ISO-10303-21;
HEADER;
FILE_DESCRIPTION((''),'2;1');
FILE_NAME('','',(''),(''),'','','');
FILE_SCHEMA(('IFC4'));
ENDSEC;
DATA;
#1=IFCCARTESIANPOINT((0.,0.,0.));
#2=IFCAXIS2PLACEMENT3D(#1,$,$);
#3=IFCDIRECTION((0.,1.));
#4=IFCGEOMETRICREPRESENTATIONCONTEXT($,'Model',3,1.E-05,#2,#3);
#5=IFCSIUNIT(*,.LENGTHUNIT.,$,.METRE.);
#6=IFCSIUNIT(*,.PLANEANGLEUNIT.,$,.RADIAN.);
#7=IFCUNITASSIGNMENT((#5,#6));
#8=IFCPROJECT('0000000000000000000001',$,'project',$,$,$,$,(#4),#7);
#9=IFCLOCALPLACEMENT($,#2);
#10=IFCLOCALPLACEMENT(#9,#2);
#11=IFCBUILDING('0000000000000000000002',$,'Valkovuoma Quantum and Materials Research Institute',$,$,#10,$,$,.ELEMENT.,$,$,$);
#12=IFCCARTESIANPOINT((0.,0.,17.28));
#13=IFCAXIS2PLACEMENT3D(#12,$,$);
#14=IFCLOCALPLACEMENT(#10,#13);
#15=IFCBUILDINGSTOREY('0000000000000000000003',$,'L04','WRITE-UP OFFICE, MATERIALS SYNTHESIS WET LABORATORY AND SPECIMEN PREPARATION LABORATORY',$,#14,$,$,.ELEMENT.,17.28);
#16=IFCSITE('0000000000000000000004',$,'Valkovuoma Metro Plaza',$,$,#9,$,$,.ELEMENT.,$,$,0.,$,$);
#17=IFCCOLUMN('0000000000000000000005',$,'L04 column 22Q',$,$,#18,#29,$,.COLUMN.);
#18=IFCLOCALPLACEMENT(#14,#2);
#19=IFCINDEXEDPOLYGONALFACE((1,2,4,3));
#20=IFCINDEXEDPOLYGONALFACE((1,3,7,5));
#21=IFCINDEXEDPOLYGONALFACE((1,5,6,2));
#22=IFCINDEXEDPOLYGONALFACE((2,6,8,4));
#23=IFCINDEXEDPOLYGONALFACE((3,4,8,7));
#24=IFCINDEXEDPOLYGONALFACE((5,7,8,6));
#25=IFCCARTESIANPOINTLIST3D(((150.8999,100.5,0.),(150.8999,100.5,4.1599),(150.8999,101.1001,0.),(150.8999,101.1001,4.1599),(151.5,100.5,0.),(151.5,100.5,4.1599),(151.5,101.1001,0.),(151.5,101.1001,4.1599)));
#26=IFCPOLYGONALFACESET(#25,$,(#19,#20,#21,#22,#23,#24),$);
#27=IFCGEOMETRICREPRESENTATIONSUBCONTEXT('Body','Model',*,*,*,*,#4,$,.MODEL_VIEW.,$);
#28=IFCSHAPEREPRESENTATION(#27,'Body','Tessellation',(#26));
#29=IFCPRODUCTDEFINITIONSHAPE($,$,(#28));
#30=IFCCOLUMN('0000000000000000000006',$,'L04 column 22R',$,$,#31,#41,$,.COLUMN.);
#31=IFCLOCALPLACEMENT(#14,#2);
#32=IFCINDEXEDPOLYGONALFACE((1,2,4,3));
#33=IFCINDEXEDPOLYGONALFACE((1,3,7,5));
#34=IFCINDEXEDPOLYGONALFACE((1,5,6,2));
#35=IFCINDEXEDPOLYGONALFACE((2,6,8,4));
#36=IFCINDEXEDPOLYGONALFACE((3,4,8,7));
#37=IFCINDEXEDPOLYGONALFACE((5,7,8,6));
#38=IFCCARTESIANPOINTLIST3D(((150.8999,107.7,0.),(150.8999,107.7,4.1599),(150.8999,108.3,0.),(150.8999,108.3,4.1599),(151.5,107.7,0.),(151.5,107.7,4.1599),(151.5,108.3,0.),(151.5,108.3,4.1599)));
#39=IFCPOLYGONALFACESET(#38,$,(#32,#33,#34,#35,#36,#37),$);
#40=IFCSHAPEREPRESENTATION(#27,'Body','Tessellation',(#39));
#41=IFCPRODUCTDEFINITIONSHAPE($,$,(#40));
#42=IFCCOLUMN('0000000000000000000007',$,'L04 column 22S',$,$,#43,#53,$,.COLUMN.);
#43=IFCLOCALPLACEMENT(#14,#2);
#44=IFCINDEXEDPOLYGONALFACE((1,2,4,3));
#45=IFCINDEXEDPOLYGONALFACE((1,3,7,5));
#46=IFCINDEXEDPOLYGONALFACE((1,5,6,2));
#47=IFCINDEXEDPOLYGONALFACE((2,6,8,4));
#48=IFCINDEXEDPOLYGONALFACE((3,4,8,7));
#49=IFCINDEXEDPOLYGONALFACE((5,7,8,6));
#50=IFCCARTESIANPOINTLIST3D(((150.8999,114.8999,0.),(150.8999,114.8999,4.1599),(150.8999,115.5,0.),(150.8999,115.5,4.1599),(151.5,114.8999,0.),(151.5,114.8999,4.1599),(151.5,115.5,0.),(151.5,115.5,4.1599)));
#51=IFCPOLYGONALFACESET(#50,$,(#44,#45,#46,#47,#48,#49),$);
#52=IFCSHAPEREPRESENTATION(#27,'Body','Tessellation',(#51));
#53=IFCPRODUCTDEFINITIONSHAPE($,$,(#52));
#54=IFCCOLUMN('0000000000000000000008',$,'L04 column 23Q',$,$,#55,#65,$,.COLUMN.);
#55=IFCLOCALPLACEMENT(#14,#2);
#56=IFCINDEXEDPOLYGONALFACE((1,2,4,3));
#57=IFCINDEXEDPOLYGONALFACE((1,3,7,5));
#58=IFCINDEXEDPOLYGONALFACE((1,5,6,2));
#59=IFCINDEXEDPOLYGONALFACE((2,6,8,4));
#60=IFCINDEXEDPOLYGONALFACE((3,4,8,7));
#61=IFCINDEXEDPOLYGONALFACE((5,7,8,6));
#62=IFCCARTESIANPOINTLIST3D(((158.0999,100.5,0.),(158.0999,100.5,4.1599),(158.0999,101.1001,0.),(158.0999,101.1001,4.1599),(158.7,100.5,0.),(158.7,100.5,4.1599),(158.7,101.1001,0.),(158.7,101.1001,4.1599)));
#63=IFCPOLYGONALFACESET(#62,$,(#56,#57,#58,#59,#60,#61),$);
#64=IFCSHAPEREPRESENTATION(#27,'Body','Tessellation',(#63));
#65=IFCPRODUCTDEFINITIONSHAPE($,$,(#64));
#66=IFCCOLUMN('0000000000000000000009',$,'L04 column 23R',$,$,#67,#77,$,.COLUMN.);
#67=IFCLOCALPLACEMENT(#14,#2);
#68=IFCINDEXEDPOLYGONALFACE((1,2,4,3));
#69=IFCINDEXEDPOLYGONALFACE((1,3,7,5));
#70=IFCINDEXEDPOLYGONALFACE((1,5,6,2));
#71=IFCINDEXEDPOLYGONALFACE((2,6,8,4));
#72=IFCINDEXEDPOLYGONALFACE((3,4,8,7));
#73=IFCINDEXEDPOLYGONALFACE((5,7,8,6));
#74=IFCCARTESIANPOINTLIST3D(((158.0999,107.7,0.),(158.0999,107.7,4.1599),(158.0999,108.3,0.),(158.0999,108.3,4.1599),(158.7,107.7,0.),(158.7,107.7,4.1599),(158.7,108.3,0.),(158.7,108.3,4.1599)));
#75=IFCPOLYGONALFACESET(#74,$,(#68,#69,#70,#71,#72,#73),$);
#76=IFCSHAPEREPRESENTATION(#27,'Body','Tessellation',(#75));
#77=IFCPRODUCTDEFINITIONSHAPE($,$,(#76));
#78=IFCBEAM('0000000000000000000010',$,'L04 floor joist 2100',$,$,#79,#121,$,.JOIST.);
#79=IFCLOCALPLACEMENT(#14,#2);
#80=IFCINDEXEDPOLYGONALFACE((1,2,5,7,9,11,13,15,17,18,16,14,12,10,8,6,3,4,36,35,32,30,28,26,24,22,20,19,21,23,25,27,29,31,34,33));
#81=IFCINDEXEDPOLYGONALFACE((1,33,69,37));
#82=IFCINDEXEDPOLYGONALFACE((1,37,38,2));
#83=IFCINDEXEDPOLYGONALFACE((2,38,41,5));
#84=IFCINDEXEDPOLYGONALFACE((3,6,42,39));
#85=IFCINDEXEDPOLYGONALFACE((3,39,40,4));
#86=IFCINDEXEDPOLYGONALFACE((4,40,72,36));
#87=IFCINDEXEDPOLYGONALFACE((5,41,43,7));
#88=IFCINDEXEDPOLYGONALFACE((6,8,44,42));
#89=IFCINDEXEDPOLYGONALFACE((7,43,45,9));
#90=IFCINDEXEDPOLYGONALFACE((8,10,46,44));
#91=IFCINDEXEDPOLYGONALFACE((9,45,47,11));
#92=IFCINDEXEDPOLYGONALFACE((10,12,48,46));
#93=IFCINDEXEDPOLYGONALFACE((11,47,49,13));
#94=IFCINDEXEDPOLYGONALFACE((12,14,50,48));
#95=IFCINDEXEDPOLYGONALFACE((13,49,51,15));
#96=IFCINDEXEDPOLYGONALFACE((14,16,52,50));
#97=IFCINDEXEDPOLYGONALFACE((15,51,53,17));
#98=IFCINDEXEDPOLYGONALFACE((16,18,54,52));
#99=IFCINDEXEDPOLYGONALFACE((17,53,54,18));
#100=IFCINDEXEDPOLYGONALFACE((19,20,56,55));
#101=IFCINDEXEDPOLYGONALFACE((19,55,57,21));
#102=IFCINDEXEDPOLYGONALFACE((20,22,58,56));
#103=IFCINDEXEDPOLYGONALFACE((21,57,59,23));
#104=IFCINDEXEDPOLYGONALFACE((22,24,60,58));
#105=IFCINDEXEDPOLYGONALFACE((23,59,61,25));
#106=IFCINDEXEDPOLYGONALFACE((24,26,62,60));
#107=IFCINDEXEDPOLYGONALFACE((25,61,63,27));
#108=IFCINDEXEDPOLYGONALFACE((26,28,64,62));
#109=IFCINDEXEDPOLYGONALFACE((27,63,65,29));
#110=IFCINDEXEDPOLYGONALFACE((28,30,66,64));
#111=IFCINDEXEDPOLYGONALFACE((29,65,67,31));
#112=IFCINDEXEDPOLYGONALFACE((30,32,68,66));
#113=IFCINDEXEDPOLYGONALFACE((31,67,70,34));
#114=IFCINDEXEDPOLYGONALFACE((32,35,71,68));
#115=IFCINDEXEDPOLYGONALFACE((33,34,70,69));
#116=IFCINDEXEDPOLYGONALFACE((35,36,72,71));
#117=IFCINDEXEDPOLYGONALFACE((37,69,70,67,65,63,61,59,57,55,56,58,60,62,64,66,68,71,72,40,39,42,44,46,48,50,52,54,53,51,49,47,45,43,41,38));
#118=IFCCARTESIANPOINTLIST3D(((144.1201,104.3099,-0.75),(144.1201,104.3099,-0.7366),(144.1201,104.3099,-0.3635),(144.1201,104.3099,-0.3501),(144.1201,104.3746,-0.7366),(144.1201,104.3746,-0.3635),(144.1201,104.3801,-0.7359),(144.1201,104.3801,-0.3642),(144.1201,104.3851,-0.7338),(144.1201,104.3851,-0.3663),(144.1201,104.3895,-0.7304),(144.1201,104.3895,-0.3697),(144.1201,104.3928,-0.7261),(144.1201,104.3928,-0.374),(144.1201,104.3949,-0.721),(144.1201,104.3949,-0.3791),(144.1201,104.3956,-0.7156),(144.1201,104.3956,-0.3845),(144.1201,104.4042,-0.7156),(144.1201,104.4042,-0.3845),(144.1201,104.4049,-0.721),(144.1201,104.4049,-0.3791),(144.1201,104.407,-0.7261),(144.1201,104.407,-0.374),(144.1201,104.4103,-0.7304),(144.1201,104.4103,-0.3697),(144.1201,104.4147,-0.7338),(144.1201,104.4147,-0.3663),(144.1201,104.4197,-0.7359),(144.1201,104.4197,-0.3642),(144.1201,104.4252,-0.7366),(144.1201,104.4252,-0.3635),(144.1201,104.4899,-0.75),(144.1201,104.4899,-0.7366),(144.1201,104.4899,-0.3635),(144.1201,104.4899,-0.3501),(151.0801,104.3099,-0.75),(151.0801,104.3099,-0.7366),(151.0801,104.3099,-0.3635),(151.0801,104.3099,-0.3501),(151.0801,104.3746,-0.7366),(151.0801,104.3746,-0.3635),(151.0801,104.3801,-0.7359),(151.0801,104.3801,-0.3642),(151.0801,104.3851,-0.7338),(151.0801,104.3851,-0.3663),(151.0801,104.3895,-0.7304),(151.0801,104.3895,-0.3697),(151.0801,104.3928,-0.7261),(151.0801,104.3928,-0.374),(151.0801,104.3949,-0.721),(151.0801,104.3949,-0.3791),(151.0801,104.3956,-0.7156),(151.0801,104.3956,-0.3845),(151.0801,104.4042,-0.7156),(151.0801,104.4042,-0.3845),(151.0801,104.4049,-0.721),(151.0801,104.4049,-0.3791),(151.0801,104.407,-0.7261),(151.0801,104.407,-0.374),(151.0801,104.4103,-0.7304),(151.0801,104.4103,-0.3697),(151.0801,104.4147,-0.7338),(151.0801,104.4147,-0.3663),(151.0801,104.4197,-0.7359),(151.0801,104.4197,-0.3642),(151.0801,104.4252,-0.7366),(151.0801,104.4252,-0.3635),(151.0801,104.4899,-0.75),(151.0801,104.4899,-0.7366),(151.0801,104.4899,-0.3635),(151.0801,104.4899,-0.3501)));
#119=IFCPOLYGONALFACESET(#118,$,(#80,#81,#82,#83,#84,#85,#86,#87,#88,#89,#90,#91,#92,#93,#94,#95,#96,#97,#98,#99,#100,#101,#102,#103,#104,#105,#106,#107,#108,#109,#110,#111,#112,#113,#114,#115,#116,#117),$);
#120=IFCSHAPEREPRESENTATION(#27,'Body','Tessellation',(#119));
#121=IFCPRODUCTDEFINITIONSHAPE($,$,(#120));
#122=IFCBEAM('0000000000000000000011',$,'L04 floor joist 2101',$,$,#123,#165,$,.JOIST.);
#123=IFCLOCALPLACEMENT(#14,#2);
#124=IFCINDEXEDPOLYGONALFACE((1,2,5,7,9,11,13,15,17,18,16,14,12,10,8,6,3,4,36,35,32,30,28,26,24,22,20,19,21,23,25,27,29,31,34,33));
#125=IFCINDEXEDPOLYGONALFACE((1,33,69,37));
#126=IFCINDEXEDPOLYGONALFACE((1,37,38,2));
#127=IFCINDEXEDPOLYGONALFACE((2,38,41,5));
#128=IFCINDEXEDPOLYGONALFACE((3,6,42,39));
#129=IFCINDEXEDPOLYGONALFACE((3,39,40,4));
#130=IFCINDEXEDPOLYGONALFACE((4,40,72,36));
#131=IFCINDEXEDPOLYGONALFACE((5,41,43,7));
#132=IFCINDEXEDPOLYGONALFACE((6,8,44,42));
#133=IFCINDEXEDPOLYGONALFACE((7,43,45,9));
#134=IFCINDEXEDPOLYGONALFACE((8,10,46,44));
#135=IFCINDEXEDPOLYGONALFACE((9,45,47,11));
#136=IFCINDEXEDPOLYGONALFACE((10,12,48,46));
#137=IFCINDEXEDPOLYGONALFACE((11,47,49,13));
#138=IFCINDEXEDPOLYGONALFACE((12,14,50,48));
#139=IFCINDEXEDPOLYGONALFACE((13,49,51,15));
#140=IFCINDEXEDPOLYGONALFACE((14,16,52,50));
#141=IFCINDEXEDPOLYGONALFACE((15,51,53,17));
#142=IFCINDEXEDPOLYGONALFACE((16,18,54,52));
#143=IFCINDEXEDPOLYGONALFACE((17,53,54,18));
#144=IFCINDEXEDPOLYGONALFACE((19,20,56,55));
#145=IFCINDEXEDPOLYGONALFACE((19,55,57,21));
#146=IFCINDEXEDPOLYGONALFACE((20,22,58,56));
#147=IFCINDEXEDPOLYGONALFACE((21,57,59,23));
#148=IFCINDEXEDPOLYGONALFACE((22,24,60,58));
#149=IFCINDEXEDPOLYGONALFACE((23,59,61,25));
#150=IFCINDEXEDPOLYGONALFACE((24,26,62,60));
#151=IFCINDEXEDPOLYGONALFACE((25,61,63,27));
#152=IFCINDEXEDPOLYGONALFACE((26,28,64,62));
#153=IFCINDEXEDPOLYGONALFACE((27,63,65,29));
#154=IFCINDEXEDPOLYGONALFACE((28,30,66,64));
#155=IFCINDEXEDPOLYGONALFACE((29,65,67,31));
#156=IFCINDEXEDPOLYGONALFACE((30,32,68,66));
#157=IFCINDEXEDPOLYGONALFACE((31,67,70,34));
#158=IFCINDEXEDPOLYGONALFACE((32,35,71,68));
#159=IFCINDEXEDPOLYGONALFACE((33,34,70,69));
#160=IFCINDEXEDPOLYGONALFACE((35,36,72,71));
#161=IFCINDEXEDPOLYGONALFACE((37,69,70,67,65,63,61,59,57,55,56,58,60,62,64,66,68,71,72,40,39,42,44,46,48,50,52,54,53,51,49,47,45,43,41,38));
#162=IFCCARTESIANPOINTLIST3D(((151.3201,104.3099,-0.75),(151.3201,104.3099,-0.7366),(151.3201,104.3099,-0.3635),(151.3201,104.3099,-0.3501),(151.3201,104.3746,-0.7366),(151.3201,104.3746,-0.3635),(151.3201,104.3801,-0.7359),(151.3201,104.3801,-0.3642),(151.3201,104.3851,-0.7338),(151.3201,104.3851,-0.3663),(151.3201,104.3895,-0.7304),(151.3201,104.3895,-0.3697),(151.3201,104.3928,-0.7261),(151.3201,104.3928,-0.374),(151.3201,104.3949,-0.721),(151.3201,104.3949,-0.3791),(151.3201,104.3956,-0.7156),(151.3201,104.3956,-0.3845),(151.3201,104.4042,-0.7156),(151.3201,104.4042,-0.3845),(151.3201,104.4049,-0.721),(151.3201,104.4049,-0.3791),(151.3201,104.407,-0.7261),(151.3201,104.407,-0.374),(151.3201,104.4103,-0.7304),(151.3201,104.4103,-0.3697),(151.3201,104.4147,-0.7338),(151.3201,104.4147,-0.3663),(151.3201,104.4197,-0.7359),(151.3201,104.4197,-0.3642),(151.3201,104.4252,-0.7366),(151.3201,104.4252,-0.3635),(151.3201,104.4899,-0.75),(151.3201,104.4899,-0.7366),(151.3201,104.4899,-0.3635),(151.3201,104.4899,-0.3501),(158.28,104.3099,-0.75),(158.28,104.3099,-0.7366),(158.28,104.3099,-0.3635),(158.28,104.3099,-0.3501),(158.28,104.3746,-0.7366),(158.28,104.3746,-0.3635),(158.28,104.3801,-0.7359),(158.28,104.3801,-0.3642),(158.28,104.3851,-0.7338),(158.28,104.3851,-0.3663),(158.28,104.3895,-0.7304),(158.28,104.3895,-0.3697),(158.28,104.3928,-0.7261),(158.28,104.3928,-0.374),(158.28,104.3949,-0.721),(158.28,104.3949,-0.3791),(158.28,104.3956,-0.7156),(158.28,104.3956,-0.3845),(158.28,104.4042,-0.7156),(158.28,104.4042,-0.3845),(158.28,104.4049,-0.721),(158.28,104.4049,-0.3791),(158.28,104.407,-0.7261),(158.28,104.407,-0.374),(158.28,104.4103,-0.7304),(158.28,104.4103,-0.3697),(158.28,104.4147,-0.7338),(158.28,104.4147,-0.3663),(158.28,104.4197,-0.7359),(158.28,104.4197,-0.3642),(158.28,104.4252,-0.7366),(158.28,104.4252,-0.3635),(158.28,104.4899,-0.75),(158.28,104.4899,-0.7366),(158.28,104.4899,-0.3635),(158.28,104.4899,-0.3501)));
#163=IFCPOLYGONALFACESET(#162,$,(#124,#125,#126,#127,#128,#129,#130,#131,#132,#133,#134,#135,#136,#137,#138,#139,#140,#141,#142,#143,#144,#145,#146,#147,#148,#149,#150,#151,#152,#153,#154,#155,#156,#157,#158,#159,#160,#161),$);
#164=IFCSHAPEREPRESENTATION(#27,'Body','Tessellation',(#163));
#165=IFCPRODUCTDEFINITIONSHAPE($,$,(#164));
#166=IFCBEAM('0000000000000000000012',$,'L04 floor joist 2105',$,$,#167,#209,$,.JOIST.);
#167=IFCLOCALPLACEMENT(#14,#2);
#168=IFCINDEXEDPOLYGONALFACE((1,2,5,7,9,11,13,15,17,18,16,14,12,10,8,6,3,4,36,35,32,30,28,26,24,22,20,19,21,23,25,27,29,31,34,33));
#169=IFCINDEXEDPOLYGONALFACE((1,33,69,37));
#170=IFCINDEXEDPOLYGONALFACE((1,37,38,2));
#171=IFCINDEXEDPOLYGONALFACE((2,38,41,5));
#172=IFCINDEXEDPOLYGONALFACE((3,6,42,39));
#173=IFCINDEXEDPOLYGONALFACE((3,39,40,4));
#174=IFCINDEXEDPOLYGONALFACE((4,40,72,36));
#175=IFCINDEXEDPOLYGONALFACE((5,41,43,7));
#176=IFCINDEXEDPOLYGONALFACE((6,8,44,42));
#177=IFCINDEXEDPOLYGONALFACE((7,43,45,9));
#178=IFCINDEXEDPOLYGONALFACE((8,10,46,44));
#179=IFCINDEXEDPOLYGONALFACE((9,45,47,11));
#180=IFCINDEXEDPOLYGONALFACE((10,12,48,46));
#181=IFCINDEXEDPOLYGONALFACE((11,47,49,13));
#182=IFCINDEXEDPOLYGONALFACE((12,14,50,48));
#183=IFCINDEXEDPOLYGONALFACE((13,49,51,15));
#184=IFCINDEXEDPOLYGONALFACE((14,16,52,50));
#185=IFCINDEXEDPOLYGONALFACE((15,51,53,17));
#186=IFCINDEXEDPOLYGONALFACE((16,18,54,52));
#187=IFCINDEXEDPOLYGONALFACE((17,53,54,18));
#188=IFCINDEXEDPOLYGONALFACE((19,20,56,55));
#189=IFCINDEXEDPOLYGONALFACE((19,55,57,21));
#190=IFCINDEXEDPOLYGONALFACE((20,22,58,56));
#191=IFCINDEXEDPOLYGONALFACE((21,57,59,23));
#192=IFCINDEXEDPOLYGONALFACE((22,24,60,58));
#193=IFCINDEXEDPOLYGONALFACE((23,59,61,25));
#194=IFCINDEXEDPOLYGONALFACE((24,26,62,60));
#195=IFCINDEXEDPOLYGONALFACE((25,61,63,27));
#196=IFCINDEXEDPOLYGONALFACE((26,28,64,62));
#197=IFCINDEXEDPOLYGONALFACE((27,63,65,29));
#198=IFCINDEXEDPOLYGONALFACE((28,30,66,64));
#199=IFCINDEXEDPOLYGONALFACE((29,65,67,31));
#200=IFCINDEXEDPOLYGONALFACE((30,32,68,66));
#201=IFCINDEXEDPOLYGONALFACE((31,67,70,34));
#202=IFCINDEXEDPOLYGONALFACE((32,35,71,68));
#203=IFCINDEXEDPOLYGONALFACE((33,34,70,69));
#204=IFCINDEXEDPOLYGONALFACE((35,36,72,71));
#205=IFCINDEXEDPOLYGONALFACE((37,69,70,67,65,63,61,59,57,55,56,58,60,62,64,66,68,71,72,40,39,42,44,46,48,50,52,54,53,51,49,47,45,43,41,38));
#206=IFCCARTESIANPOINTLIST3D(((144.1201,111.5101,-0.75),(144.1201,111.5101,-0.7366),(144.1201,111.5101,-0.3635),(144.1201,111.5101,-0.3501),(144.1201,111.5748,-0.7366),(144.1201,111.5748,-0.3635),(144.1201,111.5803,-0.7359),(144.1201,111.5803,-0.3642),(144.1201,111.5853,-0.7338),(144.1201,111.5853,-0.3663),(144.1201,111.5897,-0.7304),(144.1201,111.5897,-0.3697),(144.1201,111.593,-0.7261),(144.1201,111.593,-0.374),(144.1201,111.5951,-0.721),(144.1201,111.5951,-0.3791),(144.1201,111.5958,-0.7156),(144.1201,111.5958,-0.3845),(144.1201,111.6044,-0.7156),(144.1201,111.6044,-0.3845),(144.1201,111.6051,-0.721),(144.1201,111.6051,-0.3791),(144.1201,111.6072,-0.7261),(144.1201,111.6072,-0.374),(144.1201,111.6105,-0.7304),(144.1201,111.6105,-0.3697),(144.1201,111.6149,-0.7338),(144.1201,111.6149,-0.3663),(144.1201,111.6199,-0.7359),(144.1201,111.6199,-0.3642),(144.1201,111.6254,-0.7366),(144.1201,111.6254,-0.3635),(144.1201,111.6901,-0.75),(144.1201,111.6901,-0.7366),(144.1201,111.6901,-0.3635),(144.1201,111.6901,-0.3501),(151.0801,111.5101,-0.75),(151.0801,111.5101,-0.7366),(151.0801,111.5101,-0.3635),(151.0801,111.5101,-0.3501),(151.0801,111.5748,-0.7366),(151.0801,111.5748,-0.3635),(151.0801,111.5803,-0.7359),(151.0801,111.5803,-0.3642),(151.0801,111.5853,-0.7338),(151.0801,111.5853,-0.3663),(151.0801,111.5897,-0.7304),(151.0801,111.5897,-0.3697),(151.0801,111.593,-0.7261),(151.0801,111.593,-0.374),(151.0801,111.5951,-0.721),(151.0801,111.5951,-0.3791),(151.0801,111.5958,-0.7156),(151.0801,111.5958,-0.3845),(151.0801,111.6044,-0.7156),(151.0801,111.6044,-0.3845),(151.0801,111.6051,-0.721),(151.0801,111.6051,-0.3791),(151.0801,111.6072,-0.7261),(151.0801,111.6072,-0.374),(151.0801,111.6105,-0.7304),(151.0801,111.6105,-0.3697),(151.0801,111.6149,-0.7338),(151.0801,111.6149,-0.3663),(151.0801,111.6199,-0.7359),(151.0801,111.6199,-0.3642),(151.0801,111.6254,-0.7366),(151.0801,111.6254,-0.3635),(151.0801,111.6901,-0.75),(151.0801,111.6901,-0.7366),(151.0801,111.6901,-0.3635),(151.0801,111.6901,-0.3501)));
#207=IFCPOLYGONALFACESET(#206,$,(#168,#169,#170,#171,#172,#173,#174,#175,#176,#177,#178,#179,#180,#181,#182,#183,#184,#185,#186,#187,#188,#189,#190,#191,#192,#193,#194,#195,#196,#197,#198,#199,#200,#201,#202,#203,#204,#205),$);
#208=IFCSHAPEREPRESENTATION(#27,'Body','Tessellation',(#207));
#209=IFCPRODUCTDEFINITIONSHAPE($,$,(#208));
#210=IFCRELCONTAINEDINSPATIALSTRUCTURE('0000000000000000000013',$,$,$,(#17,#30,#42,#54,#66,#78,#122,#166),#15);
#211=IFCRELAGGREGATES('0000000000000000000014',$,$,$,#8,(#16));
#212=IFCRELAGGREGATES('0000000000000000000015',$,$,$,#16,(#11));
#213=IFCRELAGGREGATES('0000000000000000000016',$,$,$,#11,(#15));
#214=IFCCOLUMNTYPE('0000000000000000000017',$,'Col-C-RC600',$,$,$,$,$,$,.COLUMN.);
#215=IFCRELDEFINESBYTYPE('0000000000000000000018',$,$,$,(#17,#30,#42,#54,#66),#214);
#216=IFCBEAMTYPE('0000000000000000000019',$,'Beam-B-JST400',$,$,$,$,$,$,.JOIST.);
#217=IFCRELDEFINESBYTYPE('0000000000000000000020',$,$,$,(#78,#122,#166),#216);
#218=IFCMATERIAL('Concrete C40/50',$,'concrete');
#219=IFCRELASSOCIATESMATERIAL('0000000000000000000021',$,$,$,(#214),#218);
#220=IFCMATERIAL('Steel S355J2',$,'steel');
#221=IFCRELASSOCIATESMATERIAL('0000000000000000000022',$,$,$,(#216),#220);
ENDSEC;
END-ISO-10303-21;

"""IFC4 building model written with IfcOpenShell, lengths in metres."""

from ifc_helpers import new_model, si_unit, direction, frame, origin, origin_2d, place, context, subcontext, project, spatial, rectangle, i_section, extrude, material, material_profile, profile_set, type_object, element, save


model = new_model("IFC4")

# Units and contexts
model_context = context("Model", 3, precision=1e-05, world=origin(), true_north=direction((0.0, 1.0)))
body_context = subcontext(model_context, "Body", "Model", "MODEL_VIEW")
ifc_project = project(units=[si_unit("LENGTHUNIT", "METRE"), si_unit("PLANEANGLEUNIT", "RADIAN")], contexts=[model_context])

# Site, building, storey
site_placement = place(None, origin())
site = spatial("IfcSite", under=ifc_project, at=site_placement, Name="Valkovuoma Metro Plaza", CompositionType="ELEMENT", RefElevation=0.0)
building_placement = place(site_placement, origin())
building = spatial("IfcBuilding", under=site, at=building_placement, Name="Valkovuoma Quantum and Materials Research Institute", CompositionType="ELEMENT")
storey_placement = place(building_placement, frame((0.0, 0.0, 17.28)))
storey = spatial("IfcBuildingStorey", under=building, at=storey_placement, Name="L04", Description="WRITE-UP OFFICE, MATERIALS SYNTHESIS WET LABORATORY AND SPECIMEN PREPARATION LABORATORY", CompositionType="ELEMENT", Elevation=17.28)

# Columns
ifc_material_1 = material(Name="Concrete C40/50", Category="concrete")
ifc_material_profile_1 = material_profile(ifc_material_1, rectangle(XDim=0.6001, YDim=0.6001, at=origin_2d()), Name="Concrete C40/50")
ifc_profile_set_1 = profile_set([ifc_material_profile_1], Name="Concrete C40/50")
column_type = type_object("IfcColumnType", Name="Col-C-RC600", PredefinedType="COLUMN", material=ifc_profile_set_1)
for number, where, z_axis, x_axis, name in (
    (1, (151.2, 100.8, 0.0), (0.0, 0.0, 1.0), (1.0, 0.0, 0.0), "L04 column 22Q"),
    (2, (151.2, 108.0, 0.0), (0.0, 0.0, 1.0), (1.0, 0.0, 0.0), "L04 column 22R"),
    (3, (151.2, 115.2, 0.0), (0.0, 0.0, 1.0), (1.0, 0.0, 0.0), "L04 column 22S"),
    (4, (158.3999, 100.8, 0.0), (0.0, 0.0, 1.0), (1.0, 0.0, 0.0), "L04 column 23Q"),
    (5, (158.3999, 108.0, 0.0), (0.0, 0.0, 1.0), (1.0, 0.0, 0.0), "L04 column 23R"),
):
    element("IfcColumn", number, at=place(storey_placement, frame(where, z_axis=z_axis, x_axis=x_axis)), inside=storey, type_object=column_type, Name=name, PredefinedType="COLUMN", context=body_context, shape_type="SweptSolid", body=[
        extrude(rectangle(XDim=0.6001, YDim=0.6001, at=origin_2d()), origin(), (0.0, 0.0, 1.0), 4.1599),
    ])

# Beams
ifc_material_2 = material(Name="Steel S355J2", Category="steel")
ifc_material_profile_2 = material_profile(ifc_material_2, i_section(OverallWidth=0.1799, OverallDepth=0.3999, WebThickness=0.0085, FlangeThickness=0.0134, FilletRadius=0.021, at=origin_2d()), Name="Steel S355J2")
ifc_profile_set_2 = profile_set([ifc_material_profile_2], Name="Steel S355J2")
beam_type_1 = type_object("IfcBeamType", Name="Beam-B-JST400", PredefinedType="JOIST", material=ifc_profile_set_2)
for number, where, z_axis, x_axis, name in (
    (6, (144.1201, 104.3999, -0.55), (1.0, 0.0, 0.0), (0.0, 1.0, 0.0), "L04 floor joist 2100"),
    (7, (151.3201, 104.3999, -0.55), (1.0, 0.0, 0.0), (0.0, 1.0, 0.0), "L04 floor joist 2101"),
    (8, (144.1201, 111.6001, -0.55), (1.0, 0.0, 0.0), (0.0, 1.0, 0.0), "L04 floor joist 2105"),
):
    element("IfcBeam", number, at=place(storey_placement, frame(where, z_axis=z_axis, x_axis=x_axis)), inside=storey, type_object=beam_type_1, Name=name, PredefinedType="JOIST", context=body_context, shape_type="SweptSolid", body=[
        extrude(i_section(OverallWidth=0.1799, OverallDepth=0.3999, WebThickness=0.0085, FlangeThickness=0.0134, FilletRadius=0.021, at=origin_2d()), origin(), (0.0, 0.0, 1.0), 6.96),
    ])

save(model, "model.ifc")
